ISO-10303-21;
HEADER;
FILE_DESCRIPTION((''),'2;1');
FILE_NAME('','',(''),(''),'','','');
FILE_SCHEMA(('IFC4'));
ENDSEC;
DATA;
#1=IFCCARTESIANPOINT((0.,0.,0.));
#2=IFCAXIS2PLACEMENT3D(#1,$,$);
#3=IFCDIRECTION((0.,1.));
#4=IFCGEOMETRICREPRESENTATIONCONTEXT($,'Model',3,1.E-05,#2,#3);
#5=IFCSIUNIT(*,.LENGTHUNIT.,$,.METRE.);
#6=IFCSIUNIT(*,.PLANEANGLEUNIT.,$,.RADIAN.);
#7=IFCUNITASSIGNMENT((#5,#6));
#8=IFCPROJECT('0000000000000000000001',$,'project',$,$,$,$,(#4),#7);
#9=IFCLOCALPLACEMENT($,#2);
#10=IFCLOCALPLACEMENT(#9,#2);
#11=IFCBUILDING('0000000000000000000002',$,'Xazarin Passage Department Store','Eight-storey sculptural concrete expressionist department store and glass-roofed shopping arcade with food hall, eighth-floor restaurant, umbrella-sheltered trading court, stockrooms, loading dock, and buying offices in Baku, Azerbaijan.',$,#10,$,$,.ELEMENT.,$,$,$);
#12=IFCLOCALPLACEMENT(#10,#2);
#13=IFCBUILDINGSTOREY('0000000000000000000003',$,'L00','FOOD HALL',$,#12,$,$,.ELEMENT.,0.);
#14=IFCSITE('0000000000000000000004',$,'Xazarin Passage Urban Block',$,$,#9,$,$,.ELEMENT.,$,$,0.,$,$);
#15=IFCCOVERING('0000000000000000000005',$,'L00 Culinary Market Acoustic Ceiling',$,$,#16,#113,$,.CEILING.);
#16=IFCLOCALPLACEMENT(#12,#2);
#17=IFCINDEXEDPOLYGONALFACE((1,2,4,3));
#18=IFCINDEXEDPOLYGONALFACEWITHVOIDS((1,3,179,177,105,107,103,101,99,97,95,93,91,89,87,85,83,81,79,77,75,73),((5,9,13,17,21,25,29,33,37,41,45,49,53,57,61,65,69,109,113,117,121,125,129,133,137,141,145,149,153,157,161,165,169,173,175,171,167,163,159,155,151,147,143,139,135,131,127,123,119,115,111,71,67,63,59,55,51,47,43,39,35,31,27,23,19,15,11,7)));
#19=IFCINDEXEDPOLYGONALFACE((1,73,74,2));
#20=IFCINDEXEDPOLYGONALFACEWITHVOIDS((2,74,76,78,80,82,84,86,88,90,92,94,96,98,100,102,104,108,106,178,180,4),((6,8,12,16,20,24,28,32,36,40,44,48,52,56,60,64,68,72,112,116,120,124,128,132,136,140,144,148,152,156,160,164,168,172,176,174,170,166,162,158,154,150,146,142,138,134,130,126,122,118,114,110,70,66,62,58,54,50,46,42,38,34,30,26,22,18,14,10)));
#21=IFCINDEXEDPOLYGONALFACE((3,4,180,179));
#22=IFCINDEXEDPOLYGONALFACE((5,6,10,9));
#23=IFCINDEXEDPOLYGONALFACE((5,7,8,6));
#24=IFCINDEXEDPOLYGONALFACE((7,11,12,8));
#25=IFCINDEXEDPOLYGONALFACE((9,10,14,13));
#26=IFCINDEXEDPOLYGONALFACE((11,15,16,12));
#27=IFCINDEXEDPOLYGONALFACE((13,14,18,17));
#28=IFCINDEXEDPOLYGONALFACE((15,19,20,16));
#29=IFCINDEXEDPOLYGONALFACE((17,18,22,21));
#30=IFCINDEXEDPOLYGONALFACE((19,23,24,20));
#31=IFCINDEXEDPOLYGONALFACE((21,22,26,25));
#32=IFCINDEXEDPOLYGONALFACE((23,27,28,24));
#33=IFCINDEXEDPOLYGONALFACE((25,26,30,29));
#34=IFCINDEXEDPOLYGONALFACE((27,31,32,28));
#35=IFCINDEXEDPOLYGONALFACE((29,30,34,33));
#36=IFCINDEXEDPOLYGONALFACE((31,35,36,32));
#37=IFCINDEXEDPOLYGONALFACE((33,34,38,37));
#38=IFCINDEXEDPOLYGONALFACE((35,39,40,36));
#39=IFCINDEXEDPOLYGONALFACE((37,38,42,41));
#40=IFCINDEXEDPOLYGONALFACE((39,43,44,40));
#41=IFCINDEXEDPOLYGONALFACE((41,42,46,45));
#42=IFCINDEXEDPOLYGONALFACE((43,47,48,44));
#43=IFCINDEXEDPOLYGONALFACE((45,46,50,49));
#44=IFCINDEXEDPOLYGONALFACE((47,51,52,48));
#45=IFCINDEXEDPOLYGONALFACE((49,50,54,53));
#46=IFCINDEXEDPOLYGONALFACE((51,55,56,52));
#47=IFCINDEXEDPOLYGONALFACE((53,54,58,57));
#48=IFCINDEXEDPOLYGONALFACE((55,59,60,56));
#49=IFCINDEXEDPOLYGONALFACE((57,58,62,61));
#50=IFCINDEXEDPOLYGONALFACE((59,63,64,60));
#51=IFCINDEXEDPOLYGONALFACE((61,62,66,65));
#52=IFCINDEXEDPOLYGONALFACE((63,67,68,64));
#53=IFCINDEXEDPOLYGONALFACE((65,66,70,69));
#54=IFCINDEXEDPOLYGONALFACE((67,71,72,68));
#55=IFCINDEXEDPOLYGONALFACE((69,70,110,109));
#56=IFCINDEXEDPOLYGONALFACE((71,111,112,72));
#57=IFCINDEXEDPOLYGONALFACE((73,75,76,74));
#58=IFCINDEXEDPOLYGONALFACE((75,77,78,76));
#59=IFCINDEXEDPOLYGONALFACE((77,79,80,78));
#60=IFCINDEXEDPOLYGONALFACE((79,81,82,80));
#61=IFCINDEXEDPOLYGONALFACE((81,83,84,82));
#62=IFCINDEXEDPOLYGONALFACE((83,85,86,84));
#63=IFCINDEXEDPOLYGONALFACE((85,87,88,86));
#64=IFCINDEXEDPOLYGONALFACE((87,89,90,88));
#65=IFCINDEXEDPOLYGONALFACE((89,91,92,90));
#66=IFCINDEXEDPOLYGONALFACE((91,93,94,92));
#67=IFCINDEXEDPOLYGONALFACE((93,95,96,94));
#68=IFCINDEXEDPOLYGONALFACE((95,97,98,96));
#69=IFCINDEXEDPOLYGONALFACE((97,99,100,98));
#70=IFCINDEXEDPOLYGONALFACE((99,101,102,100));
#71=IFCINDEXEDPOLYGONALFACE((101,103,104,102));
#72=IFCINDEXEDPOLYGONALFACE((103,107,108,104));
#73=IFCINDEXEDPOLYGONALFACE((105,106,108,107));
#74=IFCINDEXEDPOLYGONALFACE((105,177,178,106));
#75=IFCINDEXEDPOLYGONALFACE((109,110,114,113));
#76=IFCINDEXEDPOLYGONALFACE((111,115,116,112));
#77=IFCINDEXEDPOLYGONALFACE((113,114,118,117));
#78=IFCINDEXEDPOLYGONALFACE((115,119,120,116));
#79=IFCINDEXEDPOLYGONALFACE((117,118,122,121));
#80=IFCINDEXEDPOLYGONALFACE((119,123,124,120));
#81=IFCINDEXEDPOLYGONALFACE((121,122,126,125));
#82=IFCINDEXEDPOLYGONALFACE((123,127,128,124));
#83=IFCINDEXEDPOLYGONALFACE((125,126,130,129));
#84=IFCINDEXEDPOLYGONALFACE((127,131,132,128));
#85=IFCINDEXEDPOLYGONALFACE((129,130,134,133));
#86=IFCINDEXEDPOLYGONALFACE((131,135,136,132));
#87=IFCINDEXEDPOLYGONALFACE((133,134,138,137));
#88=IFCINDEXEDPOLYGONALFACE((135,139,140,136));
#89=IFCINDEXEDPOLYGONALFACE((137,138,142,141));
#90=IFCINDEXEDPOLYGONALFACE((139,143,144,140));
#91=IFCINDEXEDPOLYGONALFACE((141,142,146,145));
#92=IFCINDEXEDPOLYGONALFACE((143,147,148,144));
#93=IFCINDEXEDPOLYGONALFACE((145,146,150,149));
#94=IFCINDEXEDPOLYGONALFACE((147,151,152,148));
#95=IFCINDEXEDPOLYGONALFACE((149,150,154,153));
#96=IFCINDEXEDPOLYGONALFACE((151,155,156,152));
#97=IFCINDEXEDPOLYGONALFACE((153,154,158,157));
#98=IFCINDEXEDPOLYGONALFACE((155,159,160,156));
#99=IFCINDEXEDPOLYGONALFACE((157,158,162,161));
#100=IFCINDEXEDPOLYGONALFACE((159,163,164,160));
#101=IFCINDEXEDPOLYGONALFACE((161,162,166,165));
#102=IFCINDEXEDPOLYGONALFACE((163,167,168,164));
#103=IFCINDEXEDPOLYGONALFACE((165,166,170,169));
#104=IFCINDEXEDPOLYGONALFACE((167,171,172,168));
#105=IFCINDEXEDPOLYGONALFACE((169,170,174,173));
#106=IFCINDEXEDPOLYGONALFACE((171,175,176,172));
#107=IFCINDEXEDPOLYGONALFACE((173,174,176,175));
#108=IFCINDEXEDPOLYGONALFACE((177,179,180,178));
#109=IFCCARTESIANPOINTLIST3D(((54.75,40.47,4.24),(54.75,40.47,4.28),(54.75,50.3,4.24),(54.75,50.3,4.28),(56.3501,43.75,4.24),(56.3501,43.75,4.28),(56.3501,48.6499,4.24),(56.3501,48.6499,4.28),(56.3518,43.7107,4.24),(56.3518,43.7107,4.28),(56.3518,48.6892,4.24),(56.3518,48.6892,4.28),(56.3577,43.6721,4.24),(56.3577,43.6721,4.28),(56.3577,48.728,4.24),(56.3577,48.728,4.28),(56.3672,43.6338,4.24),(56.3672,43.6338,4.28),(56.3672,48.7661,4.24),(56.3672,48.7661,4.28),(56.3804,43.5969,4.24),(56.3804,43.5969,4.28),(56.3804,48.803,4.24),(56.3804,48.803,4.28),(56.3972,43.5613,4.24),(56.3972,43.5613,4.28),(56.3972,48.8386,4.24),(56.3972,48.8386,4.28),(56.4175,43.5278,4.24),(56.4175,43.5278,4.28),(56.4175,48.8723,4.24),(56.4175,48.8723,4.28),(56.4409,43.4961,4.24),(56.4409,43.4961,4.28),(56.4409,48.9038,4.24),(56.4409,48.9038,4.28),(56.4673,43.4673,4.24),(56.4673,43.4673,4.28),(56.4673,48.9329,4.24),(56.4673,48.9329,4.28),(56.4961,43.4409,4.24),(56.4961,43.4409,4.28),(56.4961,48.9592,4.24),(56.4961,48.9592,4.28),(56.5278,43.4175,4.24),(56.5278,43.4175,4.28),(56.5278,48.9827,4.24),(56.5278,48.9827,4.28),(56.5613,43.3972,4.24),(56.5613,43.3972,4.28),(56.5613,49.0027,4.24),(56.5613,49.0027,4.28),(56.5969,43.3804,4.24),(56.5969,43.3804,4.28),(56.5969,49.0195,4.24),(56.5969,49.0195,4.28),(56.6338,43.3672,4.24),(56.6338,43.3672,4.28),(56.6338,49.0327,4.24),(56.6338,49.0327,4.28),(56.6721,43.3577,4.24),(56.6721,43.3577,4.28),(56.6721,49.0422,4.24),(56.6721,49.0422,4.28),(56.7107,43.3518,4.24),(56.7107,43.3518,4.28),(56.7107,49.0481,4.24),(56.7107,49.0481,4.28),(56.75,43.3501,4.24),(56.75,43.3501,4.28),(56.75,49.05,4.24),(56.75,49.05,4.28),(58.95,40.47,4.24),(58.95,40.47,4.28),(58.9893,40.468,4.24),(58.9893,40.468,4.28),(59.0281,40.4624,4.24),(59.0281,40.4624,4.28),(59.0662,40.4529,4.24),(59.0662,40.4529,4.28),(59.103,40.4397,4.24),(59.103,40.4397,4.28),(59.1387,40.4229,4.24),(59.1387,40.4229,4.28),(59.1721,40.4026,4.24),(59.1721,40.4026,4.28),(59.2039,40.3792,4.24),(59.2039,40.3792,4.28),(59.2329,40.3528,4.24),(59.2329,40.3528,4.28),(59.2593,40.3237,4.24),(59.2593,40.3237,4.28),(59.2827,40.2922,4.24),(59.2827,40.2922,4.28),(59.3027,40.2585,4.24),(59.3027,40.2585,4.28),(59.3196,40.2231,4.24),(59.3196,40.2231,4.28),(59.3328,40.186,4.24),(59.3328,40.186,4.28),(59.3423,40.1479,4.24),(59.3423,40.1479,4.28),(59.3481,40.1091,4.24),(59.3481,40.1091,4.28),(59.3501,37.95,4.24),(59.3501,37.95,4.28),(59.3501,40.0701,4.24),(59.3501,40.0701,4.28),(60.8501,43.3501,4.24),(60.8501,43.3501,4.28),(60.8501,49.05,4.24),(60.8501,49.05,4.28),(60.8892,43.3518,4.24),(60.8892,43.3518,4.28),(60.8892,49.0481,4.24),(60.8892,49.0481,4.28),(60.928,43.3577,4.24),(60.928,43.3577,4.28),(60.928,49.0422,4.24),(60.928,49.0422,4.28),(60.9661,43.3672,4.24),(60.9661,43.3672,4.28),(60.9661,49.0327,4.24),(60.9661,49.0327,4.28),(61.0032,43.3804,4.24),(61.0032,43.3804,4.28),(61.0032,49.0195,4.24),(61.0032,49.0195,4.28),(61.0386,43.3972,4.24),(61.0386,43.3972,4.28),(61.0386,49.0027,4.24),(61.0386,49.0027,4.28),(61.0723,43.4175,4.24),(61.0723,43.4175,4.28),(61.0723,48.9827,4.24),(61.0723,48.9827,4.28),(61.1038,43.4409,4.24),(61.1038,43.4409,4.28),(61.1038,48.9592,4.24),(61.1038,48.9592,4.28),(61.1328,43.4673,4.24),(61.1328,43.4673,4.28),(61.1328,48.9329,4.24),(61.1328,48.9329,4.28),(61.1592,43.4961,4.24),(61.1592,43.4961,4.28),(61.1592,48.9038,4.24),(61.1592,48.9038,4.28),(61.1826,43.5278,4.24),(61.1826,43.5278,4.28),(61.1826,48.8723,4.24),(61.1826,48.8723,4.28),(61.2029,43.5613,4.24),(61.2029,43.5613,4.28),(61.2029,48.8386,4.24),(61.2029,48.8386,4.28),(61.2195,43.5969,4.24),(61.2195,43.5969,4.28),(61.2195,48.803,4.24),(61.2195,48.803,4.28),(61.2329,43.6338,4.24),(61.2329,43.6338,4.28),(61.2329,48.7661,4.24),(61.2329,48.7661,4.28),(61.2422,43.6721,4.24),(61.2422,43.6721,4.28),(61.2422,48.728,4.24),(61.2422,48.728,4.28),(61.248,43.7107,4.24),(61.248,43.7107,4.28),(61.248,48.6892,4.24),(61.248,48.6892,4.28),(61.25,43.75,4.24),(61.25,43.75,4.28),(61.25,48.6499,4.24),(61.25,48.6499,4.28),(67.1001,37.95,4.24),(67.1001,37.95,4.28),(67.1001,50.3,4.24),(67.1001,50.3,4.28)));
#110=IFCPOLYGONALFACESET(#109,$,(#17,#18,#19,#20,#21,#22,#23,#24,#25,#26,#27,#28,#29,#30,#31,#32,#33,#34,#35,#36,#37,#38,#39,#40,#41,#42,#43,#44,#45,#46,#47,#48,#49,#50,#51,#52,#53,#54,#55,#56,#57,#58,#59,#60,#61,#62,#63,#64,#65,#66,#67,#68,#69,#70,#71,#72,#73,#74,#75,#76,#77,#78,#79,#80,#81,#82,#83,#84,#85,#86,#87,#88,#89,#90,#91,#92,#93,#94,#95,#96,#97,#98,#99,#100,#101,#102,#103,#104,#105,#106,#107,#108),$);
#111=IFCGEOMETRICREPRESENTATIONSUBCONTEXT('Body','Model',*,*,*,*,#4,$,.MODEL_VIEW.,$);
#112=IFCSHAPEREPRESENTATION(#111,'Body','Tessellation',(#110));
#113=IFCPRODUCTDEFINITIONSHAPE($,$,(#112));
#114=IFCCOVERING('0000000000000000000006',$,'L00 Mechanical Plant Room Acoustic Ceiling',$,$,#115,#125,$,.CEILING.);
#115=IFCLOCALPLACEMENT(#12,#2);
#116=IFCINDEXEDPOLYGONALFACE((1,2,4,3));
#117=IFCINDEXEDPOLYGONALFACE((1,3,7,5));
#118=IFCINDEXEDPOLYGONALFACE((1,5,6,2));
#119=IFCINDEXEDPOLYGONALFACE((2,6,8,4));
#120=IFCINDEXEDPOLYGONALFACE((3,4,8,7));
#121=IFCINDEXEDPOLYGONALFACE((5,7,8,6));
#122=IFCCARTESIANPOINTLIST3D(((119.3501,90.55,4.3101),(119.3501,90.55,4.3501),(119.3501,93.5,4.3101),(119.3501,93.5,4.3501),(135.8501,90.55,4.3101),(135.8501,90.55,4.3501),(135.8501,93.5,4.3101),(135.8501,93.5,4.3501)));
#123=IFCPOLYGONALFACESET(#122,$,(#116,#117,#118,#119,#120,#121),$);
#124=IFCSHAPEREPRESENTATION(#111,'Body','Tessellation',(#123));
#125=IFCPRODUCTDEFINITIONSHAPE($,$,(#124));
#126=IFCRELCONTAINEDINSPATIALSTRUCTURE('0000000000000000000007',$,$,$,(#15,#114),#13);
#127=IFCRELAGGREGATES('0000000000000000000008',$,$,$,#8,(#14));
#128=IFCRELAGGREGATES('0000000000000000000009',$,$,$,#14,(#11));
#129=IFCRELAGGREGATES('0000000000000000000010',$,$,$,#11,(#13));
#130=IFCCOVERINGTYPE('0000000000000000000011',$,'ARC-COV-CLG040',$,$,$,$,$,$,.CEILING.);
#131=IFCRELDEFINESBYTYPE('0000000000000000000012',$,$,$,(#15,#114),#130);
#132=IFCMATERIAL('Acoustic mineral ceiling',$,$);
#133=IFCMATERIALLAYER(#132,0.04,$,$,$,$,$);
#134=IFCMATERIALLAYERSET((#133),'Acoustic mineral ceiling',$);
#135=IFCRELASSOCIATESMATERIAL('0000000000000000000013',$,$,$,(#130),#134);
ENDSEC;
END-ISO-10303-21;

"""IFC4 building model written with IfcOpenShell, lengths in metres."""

from ifc_helpers import new_model, si_unit, direction, frame, origin, place, context, subcontext, project, spatial, polyline, outline, extrude, material, layer, layer_set, type_object, element, save


model = new_model("IFC4")

# Units and contexts
model_context = context("Model", 3, precision=1e-05, world=origin(), true_north=direction((0.0, 1.0)))
body_context = subcontext(model_context, "Body", "Model", "MODEL_VIEW")
ifc_project = project(units=[si_unit("LENGTHUNIT", "METRE"), si_unit("PLANEANGLEUNIT", "RADIAN")], contexts=[model_context])

# Site, building, storey
site_placement = place(None, origin())
site = spatial("IfcSite", under=ifc_project, at=site_placement, Name="Xazarin Passage Urban Block", CompositionType="ELEMENT", RefElevation=0.0)
building_placement = place(site_placement, origin())
building = spatial("IfcBuilding", under=site, at=building_placement, Name="Xazarin Passage Department Store", Description="Eight-storey sculptural concrete expressionist department store and glass-roofed shopping arcade with food hall, eighth-floor restaurant, umbrella-sheltered trading court, stockrooms, loading dock, and buying offices in Baku, Azerbaijan.", CompositionType="ELEMENT")
storey_placement = place(building_placement, origin())
storey = spatial("IfcBuildingStorey", under=building, at=storey_placement, Name="L00", Description="FOOD HALL", CompositionType="ELEMENT", Elevation=0.0)

# Coverings
ifc_material_1 = material(Name="Acoustic mineral ceiling")
ifc_layer_1 = layer(ifc_material_1, 0.04)
ifc_layer_set_1 = layer_set([ifc_layer_1], Name="Acoustic mineral ceiling")
covering_type_1 = type_object("IfcCoveringType", Name="ARC-COV-CLG040", PredefinedType="CEILING", material=ifc_layer_set_1)
covering_1_placement = place(storey_placement, frame((0.0, 0.0, 4.24)))
element("IfcCovering", 1, at=covering_1_placement, inside=storey, type_object=covering_type_1, Name="L00 Culinary Market Acoustic Ceiling", PredefinedType="CEILING", context=body_context, shape_type="SweptSolid", body=[
    extrude(outline(polyline([(54.75, 40.47), (58.95, 40.47), (58.9893, 40.468), (59.0281, 40.4624), (59.0662, 40.4529), (59.103, 40.4397), (59.1387, 40.4229), (59.1721, 40.4026), (59.2039, 40.3792), (59.2329, 40.3528), (59.2593, 40.3237), (59.2827, 40.2922), (59.3027, 40.2585), (59.3196, 40.2231), (59.3328, 40.186), (59.3423, 40.1479), (59.3481, 40.1091), (59.3501, 40.0701), (59.3501, 37.95), (67.1001, 37.95), (67.1001, 50.3), (54.75, 50.3), (54.75, 40.47)]), holes=[polyline([(56.75, 43.3501), (56.7107, 43.3518), (56.6721, 43.3577), (56.6338, 43.3672), (56.5969, 43.3804), (56.5613, 43.3972), (56.5278, 43.4175), (56.4961, 43.4409), (56.4673, 43.4673), (56.4409, 43.4961), (56.4175, 43.5278), (56.3972, 43.5613), (56.3804, 43.5969), (56.3672, 43.6338), (56.3577, 43.6721), (56.3518, 43.7107), (56.3501, 43.75), (56.3501, 48.6499), (56.3518, 48.6892), (56.3577, 48.728), (56.3672, 48.7661), (56.3804, 48.803), (56.3972, 48.8386), (56.4175, 48.8723), (56.4409, 48.9038), (56.4673, 48.9329), (56.4961, 48.9592), (56.5278, 48.9827), (56.5613, 49.0027), (56.5969, 49.0195), (56.6338, 49.0327), (56.6721, 49.0422), (56.7107, 49.0481), (56.75, 49.05), (60.8501, 49.05), (60.8892, 49.0481), (60.928, 49.0422), (60.9661, 49.0327), (61.0032, 49.0195), (61.0386, 49.0027), (61.0723, 48.9827), (61.1038, 48.9592), (61.1328, 48.9329), (61.1592, 48.9038), (61.1826, 48.8723), (61.2029, 48.8386), (61.2195, 48.803), (61.2329, 48.7661), (61.2422, 48.728), (61.248, 48.6892), (61.25, 48.6499), (61.25, 43.75), (61.248, 43.7107), (61.2422, 43.6721), (61.2329, 43.6338), (61.2195, 43.5969), (61.2029, 43.5613), (61.1826, 43.5278), (61.1592, 43.4961), (61.1328, 43.4673), (61.1038, 43.4409), (61.0723, 43.4175), (61.0386, 43.3972), (61.0032, 43.3804), (60.9661, 43.3672), (60.928, 43.3577), (60.8892, 43.3518), (60.8501, 43.3501), (56.75, 43.3501)])]), origin(), (0.0, 0.0, 1.0), 0.04),
])
covering_2_placement = place(storey_placement, frame((0.0, 0.0, 4.3101)))
element("IfcCovering", 2, at=covering_2_placement, inside=storey, type_object=covering_type_1, Name="L00 Mechanical Plant Room Acoustic Ceiling", PredefinedType="CEILING", context=body_context, shape_type="SweptSolid", body=[
    extrude(outline(polyline([(135.8501, 93.5), (119.3501, 93.5), (119.3501, 90.55), (135.8501, 90.55), (135.8501, 93.5)])), origin(), (0.0, 0.0, 1.0), 0.04),
])

save(model, "model.ifc")
